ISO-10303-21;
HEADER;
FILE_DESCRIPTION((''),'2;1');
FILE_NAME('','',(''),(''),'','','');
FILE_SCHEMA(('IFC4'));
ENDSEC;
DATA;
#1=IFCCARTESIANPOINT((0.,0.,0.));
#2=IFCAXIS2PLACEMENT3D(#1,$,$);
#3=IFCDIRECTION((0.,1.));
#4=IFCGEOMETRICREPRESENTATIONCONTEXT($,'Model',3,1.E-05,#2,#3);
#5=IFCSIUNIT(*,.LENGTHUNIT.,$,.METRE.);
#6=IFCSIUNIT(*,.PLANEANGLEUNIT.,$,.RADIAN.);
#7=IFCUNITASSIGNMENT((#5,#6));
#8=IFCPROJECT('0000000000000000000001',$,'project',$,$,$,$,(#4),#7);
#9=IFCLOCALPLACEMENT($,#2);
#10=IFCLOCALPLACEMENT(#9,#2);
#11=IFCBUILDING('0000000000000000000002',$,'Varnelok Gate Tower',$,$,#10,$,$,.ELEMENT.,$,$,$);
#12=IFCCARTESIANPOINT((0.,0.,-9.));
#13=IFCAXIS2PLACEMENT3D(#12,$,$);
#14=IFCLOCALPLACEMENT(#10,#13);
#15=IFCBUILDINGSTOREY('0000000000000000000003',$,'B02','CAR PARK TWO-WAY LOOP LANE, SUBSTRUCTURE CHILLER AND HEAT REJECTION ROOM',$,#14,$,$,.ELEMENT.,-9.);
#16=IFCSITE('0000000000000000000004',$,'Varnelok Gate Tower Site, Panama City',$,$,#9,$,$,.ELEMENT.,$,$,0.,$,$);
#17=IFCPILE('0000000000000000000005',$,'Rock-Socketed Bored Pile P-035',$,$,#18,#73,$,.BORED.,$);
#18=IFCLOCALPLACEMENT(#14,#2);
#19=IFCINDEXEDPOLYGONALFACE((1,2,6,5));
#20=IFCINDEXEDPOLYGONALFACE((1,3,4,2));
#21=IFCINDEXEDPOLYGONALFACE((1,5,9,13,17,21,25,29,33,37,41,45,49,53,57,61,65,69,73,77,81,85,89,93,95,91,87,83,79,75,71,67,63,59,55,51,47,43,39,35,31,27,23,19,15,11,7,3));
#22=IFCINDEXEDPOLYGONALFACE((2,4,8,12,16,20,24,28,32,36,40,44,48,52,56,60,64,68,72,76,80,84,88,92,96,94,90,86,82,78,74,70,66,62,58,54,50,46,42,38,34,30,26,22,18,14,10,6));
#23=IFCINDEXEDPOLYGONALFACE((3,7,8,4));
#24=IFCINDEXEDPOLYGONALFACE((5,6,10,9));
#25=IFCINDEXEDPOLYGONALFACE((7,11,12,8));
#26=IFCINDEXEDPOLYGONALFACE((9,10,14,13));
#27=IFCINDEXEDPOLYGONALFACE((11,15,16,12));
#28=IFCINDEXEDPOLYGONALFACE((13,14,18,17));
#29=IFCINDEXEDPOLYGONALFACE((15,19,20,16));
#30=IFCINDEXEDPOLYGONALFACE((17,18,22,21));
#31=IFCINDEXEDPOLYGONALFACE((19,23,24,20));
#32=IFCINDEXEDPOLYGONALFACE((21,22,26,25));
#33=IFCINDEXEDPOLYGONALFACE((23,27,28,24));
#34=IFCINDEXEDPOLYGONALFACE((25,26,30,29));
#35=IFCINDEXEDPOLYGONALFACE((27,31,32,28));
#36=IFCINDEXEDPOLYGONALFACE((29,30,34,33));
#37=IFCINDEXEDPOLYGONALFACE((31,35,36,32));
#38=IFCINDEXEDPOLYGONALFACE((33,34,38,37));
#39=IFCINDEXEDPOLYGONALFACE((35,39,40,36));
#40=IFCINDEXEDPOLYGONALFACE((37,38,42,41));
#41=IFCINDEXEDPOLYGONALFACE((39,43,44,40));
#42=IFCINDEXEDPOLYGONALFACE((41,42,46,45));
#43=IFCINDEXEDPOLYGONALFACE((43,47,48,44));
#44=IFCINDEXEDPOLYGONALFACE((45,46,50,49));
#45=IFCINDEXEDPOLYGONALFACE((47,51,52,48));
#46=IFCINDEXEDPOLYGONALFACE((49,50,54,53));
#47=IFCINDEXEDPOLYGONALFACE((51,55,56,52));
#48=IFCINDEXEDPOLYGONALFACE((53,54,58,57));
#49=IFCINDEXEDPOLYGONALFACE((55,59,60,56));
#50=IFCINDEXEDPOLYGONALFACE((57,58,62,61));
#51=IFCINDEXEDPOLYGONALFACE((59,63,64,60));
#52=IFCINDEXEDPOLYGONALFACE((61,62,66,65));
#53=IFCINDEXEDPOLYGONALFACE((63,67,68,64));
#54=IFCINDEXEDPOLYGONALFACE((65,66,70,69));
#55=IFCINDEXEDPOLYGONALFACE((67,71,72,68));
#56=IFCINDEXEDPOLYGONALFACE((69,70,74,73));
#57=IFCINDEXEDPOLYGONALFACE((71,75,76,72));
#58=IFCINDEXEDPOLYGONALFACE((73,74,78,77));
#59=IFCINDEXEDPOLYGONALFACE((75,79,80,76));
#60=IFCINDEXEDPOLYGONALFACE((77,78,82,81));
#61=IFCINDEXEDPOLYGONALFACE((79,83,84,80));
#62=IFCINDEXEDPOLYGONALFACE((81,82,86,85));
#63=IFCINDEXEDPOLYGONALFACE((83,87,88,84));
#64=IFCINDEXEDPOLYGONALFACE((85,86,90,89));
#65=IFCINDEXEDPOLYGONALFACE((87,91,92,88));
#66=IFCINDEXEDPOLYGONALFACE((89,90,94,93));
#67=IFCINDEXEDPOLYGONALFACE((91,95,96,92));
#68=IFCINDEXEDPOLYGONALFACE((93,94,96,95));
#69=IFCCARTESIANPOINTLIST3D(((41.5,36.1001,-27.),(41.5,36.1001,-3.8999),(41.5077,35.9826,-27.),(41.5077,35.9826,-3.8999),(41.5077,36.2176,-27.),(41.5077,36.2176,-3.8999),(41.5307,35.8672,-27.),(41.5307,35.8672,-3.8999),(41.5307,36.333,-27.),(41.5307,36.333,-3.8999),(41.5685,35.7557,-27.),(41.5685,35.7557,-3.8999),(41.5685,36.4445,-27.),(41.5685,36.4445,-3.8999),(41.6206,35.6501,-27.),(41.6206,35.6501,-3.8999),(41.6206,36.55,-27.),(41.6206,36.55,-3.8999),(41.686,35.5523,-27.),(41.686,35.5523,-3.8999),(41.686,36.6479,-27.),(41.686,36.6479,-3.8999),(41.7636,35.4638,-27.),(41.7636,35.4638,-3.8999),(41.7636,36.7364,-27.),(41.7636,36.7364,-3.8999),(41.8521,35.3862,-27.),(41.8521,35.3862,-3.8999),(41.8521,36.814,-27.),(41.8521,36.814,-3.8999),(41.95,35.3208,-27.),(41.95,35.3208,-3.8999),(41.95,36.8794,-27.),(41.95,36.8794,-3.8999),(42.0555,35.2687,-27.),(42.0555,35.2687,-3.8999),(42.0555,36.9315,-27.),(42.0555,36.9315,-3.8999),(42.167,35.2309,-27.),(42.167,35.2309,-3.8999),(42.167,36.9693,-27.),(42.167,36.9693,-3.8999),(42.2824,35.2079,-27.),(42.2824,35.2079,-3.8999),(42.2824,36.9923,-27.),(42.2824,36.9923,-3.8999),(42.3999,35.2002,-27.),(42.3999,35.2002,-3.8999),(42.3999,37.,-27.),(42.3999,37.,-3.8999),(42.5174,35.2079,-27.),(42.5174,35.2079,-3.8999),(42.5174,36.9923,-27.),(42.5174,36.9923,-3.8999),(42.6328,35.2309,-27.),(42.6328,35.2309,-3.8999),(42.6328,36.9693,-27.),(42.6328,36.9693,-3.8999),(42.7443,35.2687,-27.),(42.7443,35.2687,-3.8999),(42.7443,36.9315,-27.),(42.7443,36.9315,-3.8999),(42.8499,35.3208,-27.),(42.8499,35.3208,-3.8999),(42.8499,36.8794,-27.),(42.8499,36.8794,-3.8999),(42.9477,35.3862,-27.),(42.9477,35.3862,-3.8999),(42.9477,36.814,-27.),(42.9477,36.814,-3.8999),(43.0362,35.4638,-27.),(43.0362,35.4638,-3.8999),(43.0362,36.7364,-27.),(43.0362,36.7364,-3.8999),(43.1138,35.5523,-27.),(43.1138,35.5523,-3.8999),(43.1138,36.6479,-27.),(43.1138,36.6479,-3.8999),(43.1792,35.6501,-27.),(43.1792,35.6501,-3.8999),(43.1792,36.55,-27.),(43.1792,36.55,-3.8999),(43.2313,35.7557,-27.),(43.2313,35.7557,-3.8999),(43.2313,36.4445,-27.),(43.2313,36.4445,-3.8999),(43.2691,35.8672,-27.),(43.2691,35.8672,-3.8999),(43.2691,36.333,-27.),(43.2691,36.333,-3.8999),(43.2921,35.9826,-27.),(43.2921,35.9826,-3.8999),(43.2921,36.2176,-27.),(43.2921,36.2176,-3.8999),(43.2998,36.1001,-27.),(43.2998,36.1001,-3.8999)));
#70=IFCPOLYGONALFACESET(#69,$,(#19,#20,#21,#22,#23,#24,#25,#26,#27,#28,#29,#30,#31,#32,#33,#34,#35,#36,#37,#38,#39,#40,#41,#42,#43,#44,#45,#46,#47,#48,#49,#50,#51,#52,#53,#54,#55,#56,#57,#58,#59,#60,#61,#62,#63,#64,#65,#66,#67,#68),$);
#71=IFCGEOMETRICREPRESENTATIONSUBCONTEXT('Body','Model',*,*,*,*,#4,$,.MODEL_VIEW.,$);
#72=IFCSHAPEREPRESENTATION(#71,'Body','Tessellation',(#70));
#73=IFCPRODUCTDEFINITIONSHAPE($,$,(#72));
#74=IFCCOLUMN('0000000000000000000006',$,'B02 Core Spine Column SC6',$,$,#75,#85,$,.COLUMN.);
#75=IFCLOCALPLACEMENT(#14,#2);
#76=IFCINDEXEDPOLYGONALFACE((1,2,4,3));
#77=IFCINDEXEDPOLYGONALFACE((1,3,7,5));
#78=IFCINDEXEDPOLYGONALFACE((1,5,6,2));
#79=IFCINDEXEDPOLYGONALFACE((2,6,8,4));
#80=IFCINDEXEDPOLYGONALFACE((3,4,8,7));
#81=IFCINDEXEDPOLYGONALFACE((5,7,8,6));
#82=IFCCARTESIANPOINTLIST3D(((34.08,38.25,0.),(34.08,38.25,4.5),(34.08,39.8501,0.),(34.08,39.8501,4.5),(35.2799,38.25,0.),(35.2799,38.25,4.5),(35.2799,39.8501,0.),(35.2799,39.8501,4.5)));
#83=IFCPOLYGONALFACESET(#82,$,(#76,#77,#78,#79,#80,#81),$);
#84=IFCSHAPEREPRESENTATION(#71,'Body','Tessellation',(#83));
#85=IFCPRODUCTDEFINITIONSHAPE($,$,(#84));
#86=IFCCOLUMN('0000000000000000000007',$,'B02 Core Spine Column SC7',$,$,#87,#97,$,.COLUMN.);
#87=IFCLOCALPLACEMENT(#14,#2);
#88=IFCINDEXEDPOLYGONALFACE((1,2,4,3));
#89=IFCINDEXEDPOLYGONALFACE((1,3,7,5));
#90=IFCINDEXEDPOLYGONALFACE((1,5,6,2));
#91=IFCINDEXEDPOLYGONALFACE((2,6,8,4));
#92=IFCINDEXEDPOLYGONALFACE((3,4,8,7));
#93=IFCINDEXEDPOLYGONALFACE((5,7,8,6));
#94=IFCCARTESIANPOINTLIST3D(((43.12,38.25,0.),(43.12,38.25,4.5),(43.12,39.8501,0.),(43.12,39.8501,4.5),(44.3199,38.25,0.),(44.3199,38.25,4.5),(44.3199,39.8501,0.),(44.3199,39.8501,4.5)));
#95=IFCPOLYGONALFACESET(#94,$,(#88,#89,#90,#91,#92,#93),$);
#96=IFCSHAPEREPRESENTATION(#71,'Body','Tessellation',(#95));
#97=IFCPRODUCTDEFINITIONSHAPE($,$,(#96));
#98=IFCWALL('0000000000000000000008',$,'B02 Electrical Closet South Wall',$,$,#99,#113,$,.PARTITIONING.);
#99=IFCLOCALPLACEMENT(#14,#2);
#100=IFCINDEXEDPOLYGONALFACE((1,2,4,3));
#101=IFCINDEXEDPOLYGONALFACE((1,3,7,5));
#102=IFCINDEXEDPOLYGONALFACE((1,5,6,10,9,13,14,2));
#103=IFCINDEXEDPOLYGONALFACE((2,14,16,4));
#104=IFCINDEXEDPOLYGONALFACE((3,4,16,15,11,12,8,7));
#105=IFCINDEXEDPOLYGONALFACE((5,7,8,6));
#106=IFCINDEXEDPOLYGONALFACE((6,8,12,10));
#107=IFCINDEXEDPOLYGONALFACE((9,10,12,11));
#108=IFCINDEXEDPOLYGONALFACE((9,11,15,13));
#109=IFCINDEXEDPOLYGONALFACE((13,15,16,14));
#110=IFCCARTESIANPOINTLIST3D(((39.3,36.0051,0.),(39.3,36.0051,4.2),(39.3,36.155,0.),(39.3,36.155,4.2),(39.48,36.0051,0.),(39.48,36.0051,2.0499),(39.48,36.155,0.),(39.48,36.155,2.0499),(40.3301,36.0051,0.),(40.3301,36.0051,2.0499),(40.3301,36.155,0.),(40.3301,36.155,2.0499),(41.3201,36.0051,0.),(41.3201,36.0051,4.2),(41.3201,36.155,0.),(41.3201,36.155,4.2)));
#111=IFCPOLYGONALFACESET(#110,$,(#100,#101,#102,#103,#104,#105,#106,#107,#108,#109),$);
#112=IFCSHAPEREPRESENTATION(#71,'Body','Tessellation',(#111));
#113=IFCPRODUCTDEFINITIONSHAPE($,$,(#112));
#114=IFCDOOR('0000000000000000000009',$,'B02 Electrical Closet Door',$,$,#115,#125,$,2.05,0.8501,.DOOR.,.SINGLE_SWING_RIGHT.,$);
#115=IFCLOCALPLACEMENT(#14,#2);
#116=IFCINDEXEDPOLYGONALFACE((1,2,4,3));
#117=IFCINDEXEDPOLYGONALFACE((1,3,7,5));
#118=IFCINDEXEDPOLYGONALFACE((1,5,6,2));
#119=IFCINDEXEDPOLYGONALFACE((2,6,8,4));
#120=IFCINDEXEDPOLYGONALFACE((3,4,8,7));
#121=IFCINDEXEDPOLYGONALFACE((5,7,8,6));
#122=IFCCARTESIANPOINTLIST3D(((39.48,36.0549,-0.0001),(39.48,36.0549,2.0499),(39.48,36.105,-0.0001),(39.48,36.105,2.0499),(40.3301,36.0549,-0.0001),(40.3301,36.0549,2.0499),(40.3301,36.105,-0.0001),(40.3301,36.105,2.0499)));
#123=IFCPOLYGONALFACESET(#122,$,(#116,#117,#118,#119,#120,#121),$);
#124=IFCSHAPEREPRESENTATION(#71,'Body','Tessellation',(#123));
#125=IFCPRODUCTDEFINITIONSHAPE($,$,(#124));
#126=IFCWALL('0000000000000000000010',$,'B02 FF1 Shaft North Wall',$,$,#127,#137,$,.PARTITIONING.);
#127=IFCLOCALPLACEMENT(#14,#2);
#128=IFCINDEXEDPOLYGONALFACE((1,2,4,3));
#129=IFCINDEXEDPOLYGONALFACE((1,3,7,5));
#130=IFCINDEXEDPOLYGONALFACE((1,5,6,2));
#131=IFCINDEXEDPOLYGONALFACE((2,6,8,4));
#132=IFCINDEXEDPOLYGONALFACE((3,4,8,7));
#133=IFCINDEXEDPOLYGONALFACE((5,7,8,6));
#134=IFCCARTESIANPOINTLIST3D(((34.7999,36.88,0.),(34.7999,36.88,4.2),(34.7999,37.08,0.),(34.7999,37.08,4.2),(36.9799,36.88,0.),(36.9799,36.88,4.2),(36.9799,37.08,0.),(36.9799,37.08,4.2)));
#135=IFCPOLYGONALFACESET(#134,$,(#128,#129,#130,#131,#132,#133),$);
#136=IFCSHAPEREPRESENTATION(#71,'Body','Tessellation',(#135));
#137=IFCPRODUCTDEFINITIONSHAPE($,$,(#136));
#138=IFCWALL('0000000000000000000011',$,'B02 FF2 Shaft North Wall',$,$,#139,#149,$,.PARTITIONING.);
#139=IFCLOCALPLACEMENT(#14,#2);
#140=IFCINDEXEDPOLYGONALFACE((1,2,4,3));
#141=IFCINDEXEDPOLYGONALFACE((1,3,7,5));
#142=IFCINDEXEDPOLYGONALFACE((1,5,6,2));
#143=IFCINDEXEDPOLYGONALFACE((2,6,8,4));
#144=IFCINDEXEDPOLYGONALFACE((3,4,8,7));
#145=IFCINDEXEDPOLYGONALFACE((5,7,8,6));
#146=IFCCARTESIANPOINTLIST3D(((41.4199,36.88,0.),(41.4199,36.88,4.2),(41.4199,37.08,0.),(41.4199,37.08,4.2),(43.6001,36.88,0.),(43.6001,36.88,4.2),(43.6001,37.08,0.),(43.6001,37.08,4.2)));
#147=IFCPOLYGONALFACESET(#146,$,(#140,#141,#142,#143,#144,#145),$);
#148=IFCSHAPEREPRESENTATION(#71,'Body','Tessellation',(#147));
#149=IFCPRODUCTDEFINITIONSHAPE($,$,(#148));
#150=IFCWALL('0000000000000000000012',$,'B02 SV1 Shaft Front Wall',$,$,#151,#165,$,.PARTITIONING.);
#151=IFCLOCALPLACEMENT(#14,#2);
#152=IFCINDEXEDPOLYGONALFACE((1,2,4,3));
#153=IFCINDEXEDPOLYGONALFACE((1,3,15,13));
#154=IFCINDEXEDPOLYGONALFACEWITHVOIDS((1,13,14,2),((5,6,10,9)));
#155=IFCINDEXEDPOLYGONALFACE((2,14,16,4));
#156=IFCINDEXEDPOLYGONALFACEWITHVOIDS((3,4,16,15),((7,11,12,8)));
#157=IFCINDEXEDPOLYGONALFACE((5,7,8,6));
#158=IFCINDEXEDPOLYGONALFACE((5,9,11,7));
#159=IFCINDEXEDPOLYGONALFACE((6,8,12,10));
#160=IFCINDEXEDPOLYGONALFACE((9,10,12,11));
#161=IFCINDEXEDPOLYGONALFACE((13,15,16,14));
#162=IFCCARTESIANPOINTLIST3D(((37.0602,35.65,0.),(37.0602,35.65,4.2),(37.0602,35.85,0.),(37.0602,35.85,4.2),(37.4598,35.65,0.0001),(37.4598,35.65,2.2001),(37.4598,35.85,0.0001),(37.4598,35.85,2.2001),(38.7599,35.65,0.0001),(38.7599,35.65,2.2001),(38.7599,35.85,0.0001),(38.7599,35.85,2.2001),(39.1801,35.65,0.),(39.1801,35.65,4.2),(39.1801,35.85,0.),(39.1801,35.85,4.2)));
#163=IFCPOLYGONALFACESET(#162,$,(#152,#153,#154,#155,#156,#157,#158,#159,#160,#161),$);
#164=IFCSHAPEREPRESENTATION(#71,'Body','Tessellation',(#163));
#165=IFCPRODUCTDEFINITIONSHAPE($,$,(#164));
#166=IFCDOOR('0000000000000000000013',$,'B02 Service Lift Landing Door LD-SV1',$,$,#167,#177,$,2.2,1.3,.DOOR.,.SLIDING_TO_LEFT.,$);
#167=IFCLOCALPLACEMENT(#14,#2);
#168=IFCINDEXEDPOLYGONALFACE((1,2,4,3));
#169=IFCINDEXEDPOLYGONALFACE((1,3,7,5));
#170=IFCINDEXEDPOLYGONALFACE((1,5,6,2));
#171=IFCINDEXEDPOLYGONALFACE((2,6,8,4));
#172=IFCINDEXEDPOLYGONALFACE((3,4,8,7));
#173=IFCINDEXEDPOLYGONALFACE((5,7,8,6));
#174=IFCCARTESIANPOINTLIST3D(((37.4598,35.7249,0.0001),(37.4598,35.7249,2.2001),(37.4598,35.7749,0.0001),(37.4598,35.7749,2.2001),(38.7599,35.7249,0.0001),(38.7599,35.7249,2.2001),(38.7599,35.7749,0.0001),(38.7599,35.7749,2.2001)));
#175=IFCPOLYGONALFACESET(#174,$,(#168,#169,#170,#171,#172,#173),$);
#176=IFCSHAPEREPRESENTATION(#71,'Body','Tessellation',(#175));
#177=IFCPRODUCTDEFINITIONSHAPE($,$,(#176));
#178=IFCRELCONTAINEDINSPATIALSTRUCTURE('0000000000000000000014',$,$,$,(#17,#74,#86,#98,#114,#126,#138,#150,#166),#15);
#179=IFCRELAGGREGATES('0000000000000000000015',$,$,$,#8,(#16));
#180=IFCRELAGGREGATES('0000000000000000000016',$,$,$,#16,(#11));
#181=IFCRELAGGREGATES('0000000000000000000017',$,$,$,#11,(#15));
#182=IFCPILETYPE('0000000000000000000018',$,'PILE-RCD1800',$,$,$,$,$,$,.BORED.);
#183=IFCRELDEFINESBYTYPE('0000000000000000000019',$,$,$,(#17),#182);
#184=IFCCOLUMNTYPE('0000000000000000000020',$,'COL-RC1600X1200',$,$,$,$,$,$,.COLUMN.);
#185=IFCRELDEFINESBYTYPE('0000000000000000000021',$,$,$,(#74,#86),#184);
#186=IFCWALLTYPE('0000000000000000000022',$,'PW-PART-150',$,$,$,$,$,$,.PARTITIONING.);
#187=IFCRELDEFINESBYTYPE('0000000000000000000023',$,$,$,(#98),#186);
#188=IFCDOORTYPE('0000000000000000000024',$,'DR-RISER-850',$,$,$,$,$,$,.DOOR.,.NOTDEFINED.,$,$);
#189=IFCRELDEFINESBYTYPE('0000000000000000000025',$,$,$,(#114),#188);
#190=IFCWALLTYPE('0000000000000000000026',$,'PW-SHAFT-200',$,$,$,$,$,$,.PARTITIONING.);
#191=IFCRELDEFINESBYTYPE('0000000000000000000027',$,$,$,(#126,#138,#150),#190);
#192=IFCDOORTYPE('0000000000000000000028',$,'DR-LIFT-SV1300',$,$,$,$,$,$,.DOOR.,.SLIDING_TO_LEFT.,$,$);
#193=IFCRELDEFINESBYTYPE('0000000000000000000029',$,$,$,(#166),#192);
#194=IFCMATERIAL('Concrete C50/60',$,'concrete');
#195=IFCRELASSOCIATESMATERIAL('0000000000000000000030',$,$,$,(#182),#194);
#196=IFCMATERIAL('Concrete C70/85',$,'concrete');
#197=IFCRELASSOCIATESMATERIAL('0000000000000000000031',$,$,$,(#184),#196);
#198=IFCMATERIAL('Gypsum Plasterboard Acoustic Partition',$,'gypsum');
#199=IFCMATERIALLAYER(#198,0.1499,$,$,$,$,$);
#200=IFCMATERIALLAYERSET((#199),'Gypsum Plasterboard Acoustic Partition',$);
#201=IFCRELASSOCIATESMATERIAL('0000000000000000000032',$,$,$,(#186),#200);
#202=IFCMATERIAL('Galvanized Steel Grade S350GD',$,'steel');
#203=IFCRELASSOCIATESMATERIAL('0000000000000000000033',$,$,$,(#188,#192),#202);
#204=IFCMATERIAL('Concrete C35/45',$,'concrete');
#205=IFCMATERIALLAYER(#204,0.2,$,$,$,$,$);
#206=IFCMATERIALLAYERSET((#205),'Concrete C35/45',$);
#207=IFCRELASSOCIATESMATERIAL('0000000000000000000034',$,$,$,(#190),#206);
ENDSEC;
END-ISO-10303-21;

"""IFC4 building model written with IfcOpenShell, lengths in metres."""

from ifc_helpers import new_model, si_unit, direction, frame, frame_2d, origin, origin_2d, place, context, subcontext, project, spatial, rectangle, circle, extrude, material, layer, layer_set, material_profile, profile_set, type_object, element, fill, save


model = new_model("IFC4")

# Units and contexts
model_context = context("Model", 3, precision=1e-05, world=origin(), true_north=direction((0.0, 1.0)))
body_context = subcontext(model_context, "Body", "Model", "MODEL_VIEW")
ifc_project = project(units=[si_unit("LENGTHUNIT", "METRE"), si_unit("PLANEANGLEUNIT", "RADIAN")], contexts=[model_context])

# Site, building, storey
site_placement = place(None, origin())
site = spatial("IfcSite", under=ifc_project, at=site_placement, Name="Varnelok Gate Tower Site, Panama City", CompositionType="ELEMENT", RefElevation=0.0)
building_placement = place(site_placement, origin())
building = spatial("IfcBuilding", under=site, at=building_placement, Name="Varnelok Gate Tower", CompositionType="ELEMENT")
storey_placement = place(building_placement, frame((0.0, 0.0, -9.0)))
storey = spatial("IfcBuildingStorey", under=building, at=storey_placement, Name="B02", Description="CAR PARK TWO-WAY LOOP LANE, SUBSTRUCTURE CHILLER AND HEAT REJECTION ROOM", CompositionType="ELEMENT", Elevation=-9.0)

# Pile
ifc_material_1 = material(Name="Concrete C50/60", Category="concrete")
ifc_material_profile_1 = material_profile(ifc_material_1, circle(Radius=0.8999, at=origin_2d()), Name="RCD1800")
ifc_profile_set_1 = profile_set([ifc_material_profile_1], Name="Concrete C50/60")
pile_type_1 = type_object("IfcPileType", Name="PILE-RCD1800", PredefinedType="BORED", material=ifc_profile_set_1)
for number, where, z_axis, x_axis, name in (
    (1, (42.3999, 36.1001, -3.8999), (0.0, 0.0, -1.0), (1.0, 0.0, 0.0), "Rock-Socketed Bored Pile P-035"),
):
    element("IfcPile", number, at=place(storey_placement, frame(where, z_axis=z_axis, x_axis=x_axis)), inside=storey, type_object=pile_type_1, Name=name, PredefinedType="BORED", context=body_context, shape_type="SweptSolid", body=[
        extrude(circle(Radius=0.8999, at=origin_2d()), origin(), (0.0, 0.0, 1.0), 23.1001),
    ])

# Columns
ifc_material_2 = material(Name="Concrete C70/85", Category="concrete")
ifc_material_profile_2 = material_profile(ifc_material_2, rectangle(XDim=1.2, YDim=1.6001, at=origin_2d()), Name="RC1600X1200")
ifc_profile_set_2 = profile_set([ifc_material_profile_2], Name="Concrete C70/85")
column_type = type_object("IfcColumnType", Name="COL-RC1600X1200", PredefinedType="COLUMN", material=ifc_profile_set_2)
for number, where, z_axis, x_axis, name in (
    (2, (34.6799, 39.05, 0.0), (0.0, 0.0, 1.0), (1.0, 0.0, 0.0), "B02 Core Spine Column SC6"),
    (3, (43.72, 39.05, 0.0), (0.0, 0.0, 1.0), (1.0, 0.0, 0.0), "B02 Core Spine Column SC7"),
):
    element("IfcColumn", number, at=place(storey_placement, frame(where, z_axis=z_axis, x_axis=x_axis)), inside=storey, type_object=column_type, Name=name, PredefinedType="COLUMN", context=body_context, shape_type="SweptSolid", body=[
        extrude(rectangle(XDim=1.2, YDim=1.6001, at=origin_2d()), origin(), (0.0, 0.0, 1.0), 4.5),
    ])

# Wall, opening, door
ifc_material_3 = material(Name="Gypsum Plasterboard Acoustic Partition", Category="gypsum")
ifc_layer_1 = layer(ifc_material_3, 0.1499)
ifc_layer_set_1 = layer_set([ifc_layer_1], Name="Gypsum Plasterboard Acoustic Partition")
wall_type_1 = type_object("IfcWallType", Name="PW-PART-150", PredefinedType="PARTITIONING", material=ifc_layer_set_1)
wall_1_placement = place(storey_placement, frame((39.3, 36.0801, 0.0), z_axis=(0.0, 0.0, 1.0), x_axis=(1.0, 0.0, 0.0)))
wall_1 = element("IfcWall", 4, at=wall_1_placement, inside=storey, type_object=wall_type_1, Name="B02 Electrical Closet South Wall", PredefinedType="PARTITIONING", context=body_context, shape_type="SweptSolid", body=[
    extrude(rectangle(XDim=2.02, YDim=0.1499, at=frame_2d((1.01, 0.0))), origin(), (0.0, 0.0, 1.0), 4.2),
])
opening_1_placement = place(wall_1_placement, frame((0.1799, 0.0, 0.0)))
opening_1 = element("IfcOpeningElement", 5, at=opening_1_placement, cuts=wall_1, PredefinedType="OPENING", context=body_context, shape_type="SweptSolid", body=[
    extrude(rectangle(XDim=0.8501, YDim=2.05, at=frame_2d((0.425, 1.0249))), frame((0.0, 0.085, 0.0), z_axis=(0.0, -1.0, 0.0), x_axis=(1.0, 0.0, 0.0)), (0.0, 0.0, 1.0), 0.1699),
])
ifc_material_4 = material(Name="Galvanized Steel Grade S350GD", Category="steel")
door_type_1 = type_object("IfcDoorType", Name="DR-RISER-850", OperationType="NOTDEFINED", PredefinedType="DOOR", material=ifc_material_4)
door_1_placement = place(opening_1_placement, origin())
door_1 = element("IfcDoor", 6, at=door_1_placement, inside=storey, type_object=door_type_1, Name="B02 Electrical Closet Door", OperationType="SINGLE_SWING_RIGHT", OverallHeight=2.05, OverallWidth=0.8501, PredefinedType="DOOR", context=body_context, shape_type="SweptSolid", body=[
    extrude(rectangle(XDim=0.8501, YDim=2.05, at=frame_2d((0.425, 1.0249))), frame((0.0, 0.0249, 0.0), z_axis=(0.0, -1.0, 0.0), x_axis=(1.0, 0.0, 0.0)), (0.0, 0.0, 1.0), 0.05),
])
fill(opening_1, door_1)

# Walls
ifc_material_5 = material(Name="Concrete C35/45", Category="concrete")
ifc_layer_2 = layer(ifc_material_5, 0.2)
ifc_layer_set_2 = layer_set([ifc_layer_2], Name="Concrete C35/45")
wall_type_2 = type_object("IfcWallType", Name="PW-SHAFT-200", PredefinedType="PARTITIONING", material=ifc_layer_set_2)
wall_2_placement = place(storey_placement, frame((34.8, 36.98, 0.0), z_axis=(0.0, 0.0, 1.0), x_axis=(1.0, 0.0, 0.0)))
element("IfcWall", 7, at=wall_2_placement, inside=storey, type_object=wall_type_2, Name="B02 FF1 Shaft North Wall", PredefinedType="PARTITIONING", context=body_context, shape_type="SweptSolid", body=[
    extrude(rectangle(XDim=2.1799, YDim=0.2, at=frame_2d((1.0898, 0.0))), origin(), (0.0, 0.0, 1.0), 4.2),
])
wall_3_placement = place(storey_placement, frame((41.4199, 36.98, 0.0), z_axis=(0.0, 0.0, 1.0), x_axis=(1.0, 0.0, 0.0)))
element("IfcWall", 8, at=wall_3_placement, inside=storey, type_object=wall_type_2, Name="B02 FF2 Shaft North Wall", PredefinedType="PARTITIONING", context=body_context, shape_type="SweptSolid", body=[
    extrude(rectangle(XDim=2.1802, YDim=0.2, at=frame_2d((1.0901, 0.0))), origin(), (0.0, 0.0, 1.0), 4.2),
])

# Wall, opening, door
wall_4_placement = place(storey_placement, frame((37.0601, 35.75, 0.0), z_axis=(0.0, 0.0, 1.0), x_axis=(1.0, 0.0, 0.0)))
wall_4 = element("IfcWall", 9, at=wall_4_placement, inside=storey, type_object=wall_type_2, Name="B02 SV1 Shaft Front Wall", PredefinedType="PARTITIONING", context=body_context, shape_type="SweptSolid", body=[
    extrude(rectangle(XDim=2.1199, YDim=0.2, at=frame_2d((1.0601, 0.0))), origin(), (0.0, 0.0, 1.0), 4.2),
])
opening_2_placement = place(wall_4_placement, frame((0.3999, 0.0, 0.0)))
opening_2 = element("IfcOpeningElement", 10, at=opening_2_placement, cuts=wall_4, PredefinedType="OPENING", context=body_context, shape_type="SweptSolid", body=[
    extrude(rectangle(XDim=1.3, YDim=2.2, at=frame_2d((0.6499, 1.1001))), frame((0.0, 0.1099, 0.0), z_axis=(0.0, -1.0, 0.0), x_axis=(1.0, 0.0, 0.0)), (0.0, 0.0, 1.0), 0.22),
])
door_type_2 = type_object("IfcDoorType", Name="DR-LIFT-SV1300", OperationType="SLIDING_TO_LEFT", PredefinedType="DOOR", material=ifc_material_4)
door_2_placement = place(opening_2_placement, origin())
door_2 = element("IfcDoor", 11, at=door_2_placement, inside=storey, type_object=door_type_2, Name="B02 Service Lift Landing Door LD-SV1", OperationType="SLIDING_TO_LEFT", OverallHeight=2.2, OverallWidth=1.3, PredefinedType="DOOR", context=body_context, shape_type="SweptSolid", body=[
    extrude(rectangle(XDim=1.3, YDim=2.2, at=frame_2d((0.6499, 1.1001))), frame((0.0, 0.0249, 0.0), z_axis=(0.0, -1.0, 0.0), x_axis=(1.0, 0.0, 0.0)), (0.0, 0.0, 1.0), 0.05),
])
fill(opening_2, door_2)

save(model, "model.ifc")
